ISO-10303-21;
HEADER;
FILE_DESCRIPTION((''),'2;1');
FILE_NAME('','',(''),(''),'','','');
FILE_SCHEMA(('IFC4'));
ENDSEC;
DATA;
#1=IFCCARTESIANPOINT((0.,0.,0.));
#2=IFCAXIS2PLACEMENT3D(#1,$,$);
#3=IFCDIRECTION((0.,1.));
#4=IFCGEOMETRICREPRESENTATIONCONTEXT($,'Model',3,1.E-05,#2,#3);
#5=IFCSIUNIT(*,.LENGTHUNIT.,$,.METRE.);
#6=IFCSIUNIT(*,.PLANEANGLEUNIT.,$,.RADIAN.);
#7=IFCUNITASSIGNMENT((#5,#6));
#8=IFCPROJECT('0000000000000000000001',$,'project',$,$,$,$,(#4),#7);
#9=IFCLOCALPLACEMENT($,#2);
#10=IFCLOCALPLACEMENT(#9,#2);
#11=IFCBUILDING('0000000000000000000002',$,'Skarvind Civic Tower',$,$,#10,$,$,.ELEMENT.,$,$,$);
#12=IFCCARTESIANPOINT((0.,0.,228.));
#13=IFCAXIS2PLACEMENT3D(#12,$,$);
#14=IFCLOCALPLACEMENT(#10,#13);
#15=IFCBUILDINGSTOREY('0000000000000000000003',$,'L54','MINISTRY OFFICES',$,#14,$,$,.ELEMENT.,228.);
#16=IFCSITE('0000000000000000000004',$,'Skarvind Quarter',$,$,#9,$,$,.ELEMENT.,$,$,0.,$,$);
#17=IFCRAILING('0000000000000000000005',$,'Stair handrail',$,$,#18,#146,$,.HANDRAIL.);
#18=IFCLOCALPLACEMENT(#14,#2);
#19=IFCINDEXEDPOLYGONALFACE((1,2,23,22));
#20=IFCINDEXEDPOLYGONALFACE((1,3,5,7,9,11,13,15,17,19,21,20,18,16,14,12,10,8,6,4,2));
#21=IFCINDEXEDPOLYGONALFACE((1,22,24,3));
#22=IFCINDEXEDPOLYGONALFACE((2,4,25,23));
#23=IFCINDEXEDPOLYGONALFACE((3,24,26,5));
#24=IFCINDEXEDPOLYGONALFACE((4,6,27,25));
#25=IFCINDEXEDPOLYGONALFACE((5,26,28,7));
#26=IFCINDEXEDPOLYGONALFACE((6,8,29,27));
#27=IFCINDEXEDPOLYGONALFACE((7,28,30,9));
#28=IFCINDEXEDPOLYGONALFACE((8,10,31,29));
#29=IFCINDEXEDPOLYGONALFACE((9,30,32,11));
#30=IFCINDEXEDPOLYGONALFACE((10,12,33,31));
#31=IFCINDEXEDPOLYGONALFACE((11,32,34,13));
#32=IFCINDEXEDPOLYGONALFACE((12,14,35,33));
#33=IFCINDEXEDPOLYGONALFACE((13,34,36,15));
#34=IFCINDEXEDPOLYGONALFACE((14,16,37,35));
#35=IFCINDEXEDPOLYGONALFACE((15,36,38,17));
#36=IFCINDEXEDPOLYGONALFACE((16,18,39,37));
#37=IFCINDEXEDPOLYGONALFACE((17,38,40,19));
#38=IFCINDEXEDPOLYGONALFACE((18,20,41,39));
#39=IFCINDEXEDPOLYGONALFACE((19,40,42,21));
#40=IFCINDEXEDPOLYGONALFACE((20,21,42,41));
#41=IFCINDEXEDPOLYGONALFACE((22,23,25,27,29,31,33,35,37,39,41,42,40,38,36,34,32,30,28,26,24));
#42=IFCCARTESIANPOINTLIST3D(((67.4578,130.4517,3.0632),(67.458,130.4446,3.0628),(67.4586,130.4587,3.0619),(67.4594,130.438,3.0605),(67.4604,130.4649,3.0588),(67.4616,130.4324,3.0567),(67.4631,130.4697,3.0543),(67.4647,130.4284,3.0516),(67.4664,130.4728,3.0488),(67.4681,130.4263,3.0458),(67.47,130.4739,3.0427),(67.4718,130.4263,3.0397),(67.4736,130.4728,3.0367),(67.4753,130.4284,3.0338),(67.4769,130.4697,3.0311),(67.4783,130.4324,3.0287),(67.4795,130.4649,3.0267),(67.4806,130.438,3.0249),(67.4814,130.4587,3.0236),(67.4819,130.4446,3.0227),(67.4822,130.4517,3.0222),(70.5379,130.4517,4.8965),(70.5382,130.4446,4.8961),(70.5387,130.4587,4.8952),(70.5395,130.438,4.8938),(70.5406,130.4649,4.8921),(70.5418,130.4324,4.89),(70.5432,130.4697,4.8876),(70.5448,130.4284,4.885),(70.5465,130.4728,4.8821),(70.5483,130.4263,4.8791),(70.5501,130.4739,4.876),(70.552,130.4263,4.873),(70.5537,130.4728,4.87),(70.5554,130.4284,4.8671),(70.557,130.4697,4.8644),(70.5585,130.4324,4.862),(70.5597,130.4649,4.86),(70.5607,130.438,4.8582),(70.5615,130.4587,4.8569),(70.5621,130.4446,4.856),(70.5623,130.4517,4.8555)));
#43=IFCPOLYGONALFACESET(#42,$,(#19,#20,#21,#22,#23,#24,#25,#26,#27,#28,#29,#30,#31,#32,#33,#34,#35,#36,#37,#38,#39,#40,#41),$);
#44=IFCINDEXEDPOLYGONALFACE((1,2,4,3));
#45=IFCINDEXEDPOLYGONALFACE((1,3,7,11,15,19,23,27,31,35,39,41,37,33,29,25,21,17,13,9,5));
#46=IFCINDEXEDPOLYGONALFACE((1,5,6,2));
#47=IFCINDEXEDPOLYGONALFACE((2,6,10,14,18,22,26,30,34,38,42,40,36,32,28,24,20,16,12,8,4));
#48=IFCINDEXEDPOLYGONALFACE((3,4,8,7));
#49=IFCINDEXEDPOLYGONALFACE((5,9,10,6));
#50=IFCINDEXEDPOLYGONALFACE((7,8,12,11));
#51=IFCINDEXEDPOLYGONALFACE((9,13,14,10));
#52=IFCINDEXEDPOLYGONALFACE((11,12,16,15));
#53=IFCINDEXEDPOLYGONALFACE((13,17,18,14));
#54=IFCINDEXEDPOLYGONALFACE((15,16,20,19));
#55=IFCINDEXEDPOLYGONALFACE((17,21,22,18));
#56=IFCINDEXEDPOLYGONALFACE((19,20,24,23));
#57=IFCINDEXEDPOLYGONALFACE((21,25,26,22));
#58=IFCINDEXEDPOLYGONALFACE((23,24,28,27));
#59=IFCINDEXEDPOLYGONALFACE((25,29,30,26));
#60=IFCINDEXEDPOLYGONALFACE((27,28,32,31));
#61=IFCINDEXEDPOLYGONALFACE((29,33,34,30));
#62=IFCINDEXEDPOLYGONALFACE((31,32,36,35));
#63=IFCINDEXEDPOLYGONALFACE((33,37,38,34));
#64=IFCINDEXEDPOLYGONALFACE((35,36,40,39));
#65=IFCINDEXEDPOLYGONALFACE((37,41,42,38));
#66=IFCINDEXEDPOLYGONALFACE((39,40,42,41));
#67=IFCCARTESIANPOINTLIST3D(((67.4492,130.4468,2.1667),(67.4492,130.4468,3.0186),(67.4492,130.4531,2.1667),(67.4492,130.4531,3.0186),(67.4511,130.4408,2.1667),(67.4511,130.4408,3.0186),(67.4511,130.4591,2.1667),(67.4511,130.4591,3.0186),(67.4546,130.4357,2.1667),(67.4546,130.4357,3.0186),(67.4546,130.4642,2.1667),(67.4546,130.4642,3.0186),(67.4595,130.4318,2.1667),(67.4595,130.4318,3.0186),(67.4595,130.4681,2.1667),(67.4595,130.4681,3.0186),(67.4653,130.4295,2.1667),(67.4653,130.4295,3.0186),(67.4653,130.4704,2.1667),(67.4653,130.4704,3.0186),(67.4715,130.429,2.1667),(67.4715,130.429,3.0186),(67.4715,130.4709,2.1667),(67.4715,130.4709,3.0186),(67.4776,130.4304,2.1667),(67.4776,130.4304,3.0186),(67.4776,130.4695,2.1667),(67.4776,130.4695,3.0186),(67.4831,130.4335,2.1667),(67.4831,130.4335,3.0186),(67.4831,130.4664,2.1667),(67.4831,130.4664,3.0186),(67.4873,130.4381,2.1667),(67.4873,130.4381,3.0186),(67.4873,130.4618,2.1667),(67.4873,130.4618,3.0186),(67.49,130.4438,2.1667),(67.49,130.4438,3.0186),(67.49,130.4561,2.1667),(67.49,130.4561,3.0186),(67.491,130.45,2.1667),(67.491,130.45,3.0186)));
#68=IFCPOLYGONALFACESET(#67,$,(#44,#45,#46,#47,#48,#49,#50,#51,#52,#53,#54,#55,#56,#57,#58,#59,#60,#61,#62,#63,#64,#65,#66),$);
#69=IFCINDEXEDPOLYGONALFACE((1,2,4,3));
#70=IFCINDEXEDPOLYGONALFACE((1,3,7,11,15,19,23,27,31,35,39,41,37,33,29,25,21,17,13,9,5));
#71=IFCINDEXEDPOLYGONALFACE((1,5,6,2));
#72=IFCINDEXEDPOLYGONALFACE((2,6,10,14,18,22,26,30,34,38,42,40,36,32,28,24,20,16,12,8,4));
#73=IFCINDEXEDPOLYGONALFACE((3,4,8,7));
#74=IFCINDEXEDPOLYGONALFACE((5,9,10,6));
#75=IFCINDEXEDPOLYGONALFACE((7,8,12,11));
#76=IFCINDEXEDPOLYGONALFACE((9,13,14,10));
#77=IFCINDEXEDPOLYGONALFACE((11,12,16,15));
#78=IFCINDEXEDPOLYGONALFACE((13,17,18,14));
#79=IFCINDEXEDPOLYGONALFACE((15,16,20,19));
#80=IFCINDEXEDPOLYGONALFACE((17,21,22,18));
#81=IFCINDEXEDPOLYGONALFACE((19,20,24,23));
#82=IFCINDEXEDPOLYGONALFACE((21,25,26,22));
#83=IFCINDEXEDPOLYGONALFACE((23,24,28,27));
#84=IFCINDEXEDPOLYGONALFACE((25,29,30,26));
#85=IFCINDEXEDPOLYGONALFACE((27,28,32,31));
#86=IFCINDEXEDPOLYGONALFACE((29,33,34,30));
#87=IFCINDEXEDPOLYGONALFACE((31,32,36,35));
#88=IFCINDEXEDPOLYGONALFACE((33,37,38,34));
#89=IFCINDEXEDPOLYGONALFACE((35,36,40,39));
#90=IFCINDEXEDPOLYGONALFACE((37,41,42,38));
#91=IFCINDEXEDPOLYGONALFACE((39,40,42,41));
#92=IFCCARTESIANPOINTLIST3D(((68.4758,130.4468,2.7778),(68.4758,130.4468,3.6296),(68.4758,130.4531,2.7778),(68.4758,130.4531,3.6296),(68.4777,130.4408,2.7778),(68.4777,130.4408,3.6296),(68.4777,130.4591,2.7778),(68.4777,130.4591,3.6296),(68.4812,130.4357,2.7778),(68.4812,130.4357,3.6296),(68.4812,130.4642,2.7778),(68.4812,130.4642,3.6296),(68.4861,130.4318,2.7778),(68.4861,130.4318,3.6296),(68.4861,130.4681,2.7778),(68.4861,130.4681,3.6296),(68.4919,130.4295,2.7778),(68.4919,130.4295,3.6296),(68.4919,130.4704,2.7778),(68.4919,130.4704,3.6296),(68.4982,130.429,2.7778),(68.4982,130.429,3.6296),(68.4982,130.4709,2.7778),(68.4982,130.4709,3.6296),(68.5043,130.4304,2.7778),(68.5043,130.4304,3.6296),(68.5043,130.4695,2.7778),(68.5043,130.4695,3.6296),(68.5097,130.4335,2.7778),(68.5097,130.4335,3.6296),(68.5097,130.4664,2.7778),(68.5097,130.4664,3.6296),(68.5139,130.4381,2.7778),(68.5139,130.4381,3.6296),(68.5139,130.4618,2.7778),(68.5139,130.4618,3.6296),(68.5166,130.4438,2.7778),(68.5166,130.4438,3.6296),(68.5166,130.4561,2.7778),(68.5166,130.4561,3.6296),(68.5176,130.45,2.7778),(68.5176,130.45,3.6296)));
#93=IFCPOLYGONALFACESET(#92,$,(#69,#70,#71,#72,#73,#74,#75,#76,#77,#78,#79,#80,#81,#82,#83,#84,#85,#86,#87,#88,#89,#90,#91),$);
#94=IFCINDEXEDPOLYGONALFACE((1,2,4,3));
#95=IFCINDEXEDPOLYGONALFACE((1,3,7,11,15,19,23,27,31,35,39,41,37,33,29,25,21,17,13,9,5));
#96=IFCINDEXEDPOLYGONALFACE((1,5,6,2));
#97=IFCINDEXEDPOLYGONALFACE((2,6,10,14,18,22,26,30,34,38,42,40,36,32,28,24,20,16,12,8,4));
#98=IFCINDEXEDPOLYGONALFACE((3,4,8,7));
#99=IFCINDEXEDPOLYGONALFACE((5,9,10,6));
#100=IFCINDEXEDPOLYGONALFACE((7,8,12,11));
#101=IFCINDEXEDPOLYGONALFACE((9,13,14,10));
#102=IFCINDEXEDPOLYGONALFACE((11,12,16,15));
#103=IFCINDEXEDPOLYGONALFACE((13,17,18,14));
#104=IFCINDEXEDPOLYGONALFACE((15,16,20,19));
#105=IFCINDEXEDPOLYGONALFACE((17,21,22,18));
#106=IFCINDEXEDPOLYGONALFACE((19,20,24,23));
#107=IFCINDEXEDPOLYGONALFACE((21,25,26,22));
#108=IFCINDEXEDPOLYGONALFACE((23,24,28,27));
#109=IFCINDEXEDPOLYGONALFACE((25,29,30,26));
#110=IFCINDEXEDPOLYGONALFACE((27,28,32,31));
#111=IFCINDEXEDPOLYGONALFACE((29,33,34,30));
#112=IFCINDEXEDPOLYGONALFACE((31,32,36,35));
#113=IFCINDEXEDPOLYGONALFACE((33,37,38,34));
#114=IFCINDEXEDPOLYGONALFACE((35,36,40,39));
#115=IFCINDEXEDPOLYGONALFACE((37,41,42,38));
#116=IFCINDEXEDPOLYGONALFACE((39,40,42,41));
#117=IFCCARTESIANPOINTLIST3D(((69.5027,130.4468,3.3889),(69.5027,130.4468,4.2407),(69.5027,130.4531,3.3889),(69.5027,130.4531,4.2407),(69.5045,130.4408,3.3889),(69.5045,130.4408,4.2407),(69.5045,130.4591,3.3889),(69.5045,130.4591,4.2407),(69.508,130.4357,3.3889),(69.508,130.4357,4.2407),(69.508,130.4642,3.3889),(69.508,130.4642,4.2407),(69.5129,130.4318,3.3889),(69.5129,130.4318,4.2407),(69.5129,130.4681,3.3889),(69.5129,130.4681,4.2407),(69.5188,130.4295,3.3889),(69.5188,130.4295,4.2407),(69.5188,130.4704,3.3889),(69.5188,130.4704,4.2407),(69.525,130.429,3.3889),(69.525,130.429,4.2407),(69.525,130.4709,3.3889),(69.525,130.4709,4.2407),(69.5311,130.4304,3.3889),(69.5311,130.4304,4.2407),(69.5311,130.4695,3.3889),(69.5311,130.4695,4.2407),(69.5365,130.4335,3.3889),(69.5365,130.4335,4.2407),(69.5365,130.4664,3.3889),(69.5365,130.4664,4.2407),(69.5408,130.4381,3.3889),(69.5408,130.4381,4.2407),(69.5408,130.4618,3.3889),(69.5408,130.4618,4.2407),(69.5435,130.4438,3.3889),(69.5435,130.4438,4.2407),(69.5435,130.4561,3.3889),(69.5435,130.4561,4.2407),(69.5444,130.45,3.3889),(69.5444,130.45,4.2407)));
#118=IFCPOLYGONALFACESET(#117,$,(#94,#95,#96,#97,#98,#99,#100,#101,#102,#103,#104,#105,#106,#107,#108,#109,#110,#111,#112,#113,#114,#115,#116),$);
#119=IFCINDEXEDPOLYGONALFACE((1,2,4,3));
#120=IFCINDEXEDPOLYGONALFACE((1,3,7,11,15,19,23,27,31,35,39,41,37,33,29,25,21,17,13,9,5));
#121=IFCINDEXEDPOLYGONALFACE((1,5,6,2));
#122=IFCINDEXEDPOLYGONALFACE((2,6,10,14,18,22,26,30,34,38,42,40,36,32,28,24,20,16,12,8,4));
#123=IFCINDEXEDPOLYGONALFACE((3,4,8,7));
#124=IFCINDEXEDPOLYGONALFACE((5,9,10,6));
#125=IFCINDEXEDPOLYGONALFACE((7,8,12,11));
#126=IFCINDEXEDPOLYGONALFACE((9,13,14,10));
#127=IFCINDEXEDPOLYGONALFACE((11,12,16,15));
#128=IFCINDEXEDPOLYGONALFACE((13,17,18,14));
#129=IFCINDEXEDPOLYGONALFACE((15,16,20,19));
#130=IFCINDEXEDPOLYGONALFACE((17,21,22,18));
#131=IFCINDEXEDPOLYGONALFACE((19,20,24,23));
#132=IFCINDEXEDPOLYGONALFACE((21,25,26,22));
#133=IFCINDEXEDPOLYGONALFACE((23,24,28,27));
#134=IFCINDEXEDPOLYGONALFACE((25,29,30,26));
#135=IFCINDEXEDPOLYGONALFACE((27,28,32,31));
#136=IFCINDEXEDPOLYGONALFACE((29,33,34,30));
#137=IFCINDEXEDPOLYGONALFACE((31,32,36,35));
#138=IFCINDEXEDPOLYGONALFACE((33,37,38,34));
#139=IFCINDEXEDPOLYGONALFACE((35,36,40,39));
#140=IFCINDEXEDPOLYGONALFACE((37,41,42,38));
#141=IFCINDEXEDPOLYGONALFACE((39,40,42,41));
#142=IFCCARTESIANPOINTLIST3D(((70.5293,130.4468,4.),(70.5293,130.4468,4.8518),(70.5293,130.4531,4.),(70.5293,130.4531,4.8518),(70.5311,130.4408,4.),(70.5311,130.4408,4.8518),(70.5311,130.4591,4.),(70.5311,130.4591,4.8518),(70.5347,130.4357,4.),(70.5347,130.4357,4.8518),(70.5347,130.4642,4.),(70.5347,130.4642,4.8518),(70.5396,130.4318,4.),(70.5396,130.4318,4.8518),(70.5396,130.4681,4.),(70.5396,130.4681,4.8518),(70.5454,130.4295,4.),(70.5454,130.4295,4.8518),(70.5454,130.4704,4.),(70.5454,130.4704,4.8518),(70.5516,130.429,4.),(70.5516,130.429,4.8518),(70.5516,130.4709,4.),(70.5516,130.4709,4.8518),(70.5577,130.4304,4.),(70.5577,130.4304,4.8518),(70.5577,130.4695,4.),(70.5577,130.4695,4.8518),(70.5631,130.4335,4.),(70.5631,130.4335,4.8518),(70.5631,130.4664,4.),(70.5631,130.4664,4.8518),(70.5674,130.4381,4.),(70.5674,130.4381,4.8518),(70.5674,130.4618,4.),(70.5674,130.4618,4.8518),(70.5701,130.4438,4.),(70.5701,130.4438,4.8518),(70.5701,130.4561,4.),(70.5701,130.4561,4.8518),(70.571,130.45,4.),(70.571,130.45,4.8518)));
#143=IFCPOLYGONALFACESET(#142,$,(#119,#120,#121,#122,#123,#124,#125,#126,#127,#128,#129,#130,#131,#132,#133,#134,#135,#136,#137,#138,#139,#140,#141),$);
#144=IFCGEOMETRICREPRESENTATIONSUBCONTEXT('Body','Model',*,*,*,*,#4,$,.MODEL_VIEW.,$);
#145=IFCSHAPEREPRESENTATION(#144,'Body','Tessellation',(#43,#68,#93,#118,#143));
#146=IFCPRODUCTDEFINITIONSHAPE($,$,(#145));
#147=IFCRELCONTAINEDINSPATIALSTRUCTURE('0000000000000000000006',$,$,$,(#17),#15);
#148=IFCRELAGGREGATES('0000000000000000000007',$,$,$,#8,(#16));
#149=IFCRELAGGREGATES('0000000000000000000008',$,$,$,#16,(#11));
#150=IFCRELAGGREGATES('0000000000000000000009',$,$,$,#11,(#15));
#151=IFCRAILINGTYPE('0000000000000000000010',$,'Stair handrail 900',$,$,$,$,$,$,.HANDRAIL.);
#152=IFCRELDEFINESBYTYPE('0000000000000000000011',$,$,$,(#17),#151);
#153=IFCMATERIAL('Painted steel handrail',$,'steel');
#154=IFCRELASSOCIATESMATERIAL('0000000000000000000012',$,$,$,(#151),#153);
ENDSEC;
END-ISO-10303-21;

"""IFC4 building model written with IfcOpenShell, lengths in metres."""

from ifc_helpers import new_model, si_unit, direction, frame, origin, origin_2d, place, context, subcontext, project, spatial, circle, extrude, material, type_object, element, save


model = new_model("IFC4")

# Units and contexts
model_context = context("Model", 3, precision=1e-05, world=origin(), true_north=direction((0.0, 1.0)))
body_context = subcontext(model_context, "Body", "Model", "MODEL_VIEW")
ifc_project = project(units=[si_unit("LENGTHUNIT", "METRE"), si_unit("PLANEANGLEUNIT", "RADIAN")], contexts=[model_context])

# Site, building, storey
site_placement = place(None, origin())
site = spatial("IfcSite", under=ifc_project, at=site_placement, Name="Skarvind Quarter", CompositionType="ELEMENT", RefElevation=0.0)
building_placement = place(site_placement, origin())
building = spatial("IfcBuilding", under=site, at=building_placement, Name="Skarvind Civic Tower", CompositionType="ELEMENT")
storey_placement = place(building_placement, frame((0.0, 0.0, 228.0)))
storey = spatial("IfcBuildingStorey", under=building, at=storey_placement, Name="L54", Description="MINISTRY OFFICES", CompositionType="ELEMENT", Elevation=228.0)

# Railing
ifc_material_1 = material(Name="Painted steel handrail", Category="steel")
railing_type = type_object("IfcRailingType", Name="Stair handrail 900", PredefinedType="HANDRAIL", material=ifc_material_1)
railing_placement = place(storey_placement, frame((67.47, 130.45, 2.1667)))
element("IfcRailing", 1, at=railing_placement, inside=storey, type_object=railing_type, Name="Stair handrail", PredefinedType="HANDRAIL", context=body_context, shape_type="SweptSolid", body=[
    extrude(circle(Radius=0.0239, at=origin_2d()), frame((0.0, 0.0, 0.876), z_axis=(0.859309, 0.0, 0.511458), x_axis=(0.0, 1.0, 0.0)), (0.0, 0.0, 1.0), 3.5845),
    extrude(circle(Radius=0.021, at=origin_2d()), origin(), (0.0, 0.0, 1.0), 0.8518),
    extrude(circle(Radius=0.021, at=origin_2d()), frame((1.0266, 0.0, 0.6111)), (0.0, 0.0, 1.0), 0.8518),
    extrude(circle(Radius=0.021, at=origin_2d()), frame((2.0535, 0.0, 1.2222)), (0.0, 0.0, 1.0), 0.8518),
    extrude(circle(Radius=0.021, at=origin_2d()), frame((3.0801, 0.0, 1.8333)), (0.0, 0.0, 1.0), 0.8518),
])

save(model, "model.ifc")
